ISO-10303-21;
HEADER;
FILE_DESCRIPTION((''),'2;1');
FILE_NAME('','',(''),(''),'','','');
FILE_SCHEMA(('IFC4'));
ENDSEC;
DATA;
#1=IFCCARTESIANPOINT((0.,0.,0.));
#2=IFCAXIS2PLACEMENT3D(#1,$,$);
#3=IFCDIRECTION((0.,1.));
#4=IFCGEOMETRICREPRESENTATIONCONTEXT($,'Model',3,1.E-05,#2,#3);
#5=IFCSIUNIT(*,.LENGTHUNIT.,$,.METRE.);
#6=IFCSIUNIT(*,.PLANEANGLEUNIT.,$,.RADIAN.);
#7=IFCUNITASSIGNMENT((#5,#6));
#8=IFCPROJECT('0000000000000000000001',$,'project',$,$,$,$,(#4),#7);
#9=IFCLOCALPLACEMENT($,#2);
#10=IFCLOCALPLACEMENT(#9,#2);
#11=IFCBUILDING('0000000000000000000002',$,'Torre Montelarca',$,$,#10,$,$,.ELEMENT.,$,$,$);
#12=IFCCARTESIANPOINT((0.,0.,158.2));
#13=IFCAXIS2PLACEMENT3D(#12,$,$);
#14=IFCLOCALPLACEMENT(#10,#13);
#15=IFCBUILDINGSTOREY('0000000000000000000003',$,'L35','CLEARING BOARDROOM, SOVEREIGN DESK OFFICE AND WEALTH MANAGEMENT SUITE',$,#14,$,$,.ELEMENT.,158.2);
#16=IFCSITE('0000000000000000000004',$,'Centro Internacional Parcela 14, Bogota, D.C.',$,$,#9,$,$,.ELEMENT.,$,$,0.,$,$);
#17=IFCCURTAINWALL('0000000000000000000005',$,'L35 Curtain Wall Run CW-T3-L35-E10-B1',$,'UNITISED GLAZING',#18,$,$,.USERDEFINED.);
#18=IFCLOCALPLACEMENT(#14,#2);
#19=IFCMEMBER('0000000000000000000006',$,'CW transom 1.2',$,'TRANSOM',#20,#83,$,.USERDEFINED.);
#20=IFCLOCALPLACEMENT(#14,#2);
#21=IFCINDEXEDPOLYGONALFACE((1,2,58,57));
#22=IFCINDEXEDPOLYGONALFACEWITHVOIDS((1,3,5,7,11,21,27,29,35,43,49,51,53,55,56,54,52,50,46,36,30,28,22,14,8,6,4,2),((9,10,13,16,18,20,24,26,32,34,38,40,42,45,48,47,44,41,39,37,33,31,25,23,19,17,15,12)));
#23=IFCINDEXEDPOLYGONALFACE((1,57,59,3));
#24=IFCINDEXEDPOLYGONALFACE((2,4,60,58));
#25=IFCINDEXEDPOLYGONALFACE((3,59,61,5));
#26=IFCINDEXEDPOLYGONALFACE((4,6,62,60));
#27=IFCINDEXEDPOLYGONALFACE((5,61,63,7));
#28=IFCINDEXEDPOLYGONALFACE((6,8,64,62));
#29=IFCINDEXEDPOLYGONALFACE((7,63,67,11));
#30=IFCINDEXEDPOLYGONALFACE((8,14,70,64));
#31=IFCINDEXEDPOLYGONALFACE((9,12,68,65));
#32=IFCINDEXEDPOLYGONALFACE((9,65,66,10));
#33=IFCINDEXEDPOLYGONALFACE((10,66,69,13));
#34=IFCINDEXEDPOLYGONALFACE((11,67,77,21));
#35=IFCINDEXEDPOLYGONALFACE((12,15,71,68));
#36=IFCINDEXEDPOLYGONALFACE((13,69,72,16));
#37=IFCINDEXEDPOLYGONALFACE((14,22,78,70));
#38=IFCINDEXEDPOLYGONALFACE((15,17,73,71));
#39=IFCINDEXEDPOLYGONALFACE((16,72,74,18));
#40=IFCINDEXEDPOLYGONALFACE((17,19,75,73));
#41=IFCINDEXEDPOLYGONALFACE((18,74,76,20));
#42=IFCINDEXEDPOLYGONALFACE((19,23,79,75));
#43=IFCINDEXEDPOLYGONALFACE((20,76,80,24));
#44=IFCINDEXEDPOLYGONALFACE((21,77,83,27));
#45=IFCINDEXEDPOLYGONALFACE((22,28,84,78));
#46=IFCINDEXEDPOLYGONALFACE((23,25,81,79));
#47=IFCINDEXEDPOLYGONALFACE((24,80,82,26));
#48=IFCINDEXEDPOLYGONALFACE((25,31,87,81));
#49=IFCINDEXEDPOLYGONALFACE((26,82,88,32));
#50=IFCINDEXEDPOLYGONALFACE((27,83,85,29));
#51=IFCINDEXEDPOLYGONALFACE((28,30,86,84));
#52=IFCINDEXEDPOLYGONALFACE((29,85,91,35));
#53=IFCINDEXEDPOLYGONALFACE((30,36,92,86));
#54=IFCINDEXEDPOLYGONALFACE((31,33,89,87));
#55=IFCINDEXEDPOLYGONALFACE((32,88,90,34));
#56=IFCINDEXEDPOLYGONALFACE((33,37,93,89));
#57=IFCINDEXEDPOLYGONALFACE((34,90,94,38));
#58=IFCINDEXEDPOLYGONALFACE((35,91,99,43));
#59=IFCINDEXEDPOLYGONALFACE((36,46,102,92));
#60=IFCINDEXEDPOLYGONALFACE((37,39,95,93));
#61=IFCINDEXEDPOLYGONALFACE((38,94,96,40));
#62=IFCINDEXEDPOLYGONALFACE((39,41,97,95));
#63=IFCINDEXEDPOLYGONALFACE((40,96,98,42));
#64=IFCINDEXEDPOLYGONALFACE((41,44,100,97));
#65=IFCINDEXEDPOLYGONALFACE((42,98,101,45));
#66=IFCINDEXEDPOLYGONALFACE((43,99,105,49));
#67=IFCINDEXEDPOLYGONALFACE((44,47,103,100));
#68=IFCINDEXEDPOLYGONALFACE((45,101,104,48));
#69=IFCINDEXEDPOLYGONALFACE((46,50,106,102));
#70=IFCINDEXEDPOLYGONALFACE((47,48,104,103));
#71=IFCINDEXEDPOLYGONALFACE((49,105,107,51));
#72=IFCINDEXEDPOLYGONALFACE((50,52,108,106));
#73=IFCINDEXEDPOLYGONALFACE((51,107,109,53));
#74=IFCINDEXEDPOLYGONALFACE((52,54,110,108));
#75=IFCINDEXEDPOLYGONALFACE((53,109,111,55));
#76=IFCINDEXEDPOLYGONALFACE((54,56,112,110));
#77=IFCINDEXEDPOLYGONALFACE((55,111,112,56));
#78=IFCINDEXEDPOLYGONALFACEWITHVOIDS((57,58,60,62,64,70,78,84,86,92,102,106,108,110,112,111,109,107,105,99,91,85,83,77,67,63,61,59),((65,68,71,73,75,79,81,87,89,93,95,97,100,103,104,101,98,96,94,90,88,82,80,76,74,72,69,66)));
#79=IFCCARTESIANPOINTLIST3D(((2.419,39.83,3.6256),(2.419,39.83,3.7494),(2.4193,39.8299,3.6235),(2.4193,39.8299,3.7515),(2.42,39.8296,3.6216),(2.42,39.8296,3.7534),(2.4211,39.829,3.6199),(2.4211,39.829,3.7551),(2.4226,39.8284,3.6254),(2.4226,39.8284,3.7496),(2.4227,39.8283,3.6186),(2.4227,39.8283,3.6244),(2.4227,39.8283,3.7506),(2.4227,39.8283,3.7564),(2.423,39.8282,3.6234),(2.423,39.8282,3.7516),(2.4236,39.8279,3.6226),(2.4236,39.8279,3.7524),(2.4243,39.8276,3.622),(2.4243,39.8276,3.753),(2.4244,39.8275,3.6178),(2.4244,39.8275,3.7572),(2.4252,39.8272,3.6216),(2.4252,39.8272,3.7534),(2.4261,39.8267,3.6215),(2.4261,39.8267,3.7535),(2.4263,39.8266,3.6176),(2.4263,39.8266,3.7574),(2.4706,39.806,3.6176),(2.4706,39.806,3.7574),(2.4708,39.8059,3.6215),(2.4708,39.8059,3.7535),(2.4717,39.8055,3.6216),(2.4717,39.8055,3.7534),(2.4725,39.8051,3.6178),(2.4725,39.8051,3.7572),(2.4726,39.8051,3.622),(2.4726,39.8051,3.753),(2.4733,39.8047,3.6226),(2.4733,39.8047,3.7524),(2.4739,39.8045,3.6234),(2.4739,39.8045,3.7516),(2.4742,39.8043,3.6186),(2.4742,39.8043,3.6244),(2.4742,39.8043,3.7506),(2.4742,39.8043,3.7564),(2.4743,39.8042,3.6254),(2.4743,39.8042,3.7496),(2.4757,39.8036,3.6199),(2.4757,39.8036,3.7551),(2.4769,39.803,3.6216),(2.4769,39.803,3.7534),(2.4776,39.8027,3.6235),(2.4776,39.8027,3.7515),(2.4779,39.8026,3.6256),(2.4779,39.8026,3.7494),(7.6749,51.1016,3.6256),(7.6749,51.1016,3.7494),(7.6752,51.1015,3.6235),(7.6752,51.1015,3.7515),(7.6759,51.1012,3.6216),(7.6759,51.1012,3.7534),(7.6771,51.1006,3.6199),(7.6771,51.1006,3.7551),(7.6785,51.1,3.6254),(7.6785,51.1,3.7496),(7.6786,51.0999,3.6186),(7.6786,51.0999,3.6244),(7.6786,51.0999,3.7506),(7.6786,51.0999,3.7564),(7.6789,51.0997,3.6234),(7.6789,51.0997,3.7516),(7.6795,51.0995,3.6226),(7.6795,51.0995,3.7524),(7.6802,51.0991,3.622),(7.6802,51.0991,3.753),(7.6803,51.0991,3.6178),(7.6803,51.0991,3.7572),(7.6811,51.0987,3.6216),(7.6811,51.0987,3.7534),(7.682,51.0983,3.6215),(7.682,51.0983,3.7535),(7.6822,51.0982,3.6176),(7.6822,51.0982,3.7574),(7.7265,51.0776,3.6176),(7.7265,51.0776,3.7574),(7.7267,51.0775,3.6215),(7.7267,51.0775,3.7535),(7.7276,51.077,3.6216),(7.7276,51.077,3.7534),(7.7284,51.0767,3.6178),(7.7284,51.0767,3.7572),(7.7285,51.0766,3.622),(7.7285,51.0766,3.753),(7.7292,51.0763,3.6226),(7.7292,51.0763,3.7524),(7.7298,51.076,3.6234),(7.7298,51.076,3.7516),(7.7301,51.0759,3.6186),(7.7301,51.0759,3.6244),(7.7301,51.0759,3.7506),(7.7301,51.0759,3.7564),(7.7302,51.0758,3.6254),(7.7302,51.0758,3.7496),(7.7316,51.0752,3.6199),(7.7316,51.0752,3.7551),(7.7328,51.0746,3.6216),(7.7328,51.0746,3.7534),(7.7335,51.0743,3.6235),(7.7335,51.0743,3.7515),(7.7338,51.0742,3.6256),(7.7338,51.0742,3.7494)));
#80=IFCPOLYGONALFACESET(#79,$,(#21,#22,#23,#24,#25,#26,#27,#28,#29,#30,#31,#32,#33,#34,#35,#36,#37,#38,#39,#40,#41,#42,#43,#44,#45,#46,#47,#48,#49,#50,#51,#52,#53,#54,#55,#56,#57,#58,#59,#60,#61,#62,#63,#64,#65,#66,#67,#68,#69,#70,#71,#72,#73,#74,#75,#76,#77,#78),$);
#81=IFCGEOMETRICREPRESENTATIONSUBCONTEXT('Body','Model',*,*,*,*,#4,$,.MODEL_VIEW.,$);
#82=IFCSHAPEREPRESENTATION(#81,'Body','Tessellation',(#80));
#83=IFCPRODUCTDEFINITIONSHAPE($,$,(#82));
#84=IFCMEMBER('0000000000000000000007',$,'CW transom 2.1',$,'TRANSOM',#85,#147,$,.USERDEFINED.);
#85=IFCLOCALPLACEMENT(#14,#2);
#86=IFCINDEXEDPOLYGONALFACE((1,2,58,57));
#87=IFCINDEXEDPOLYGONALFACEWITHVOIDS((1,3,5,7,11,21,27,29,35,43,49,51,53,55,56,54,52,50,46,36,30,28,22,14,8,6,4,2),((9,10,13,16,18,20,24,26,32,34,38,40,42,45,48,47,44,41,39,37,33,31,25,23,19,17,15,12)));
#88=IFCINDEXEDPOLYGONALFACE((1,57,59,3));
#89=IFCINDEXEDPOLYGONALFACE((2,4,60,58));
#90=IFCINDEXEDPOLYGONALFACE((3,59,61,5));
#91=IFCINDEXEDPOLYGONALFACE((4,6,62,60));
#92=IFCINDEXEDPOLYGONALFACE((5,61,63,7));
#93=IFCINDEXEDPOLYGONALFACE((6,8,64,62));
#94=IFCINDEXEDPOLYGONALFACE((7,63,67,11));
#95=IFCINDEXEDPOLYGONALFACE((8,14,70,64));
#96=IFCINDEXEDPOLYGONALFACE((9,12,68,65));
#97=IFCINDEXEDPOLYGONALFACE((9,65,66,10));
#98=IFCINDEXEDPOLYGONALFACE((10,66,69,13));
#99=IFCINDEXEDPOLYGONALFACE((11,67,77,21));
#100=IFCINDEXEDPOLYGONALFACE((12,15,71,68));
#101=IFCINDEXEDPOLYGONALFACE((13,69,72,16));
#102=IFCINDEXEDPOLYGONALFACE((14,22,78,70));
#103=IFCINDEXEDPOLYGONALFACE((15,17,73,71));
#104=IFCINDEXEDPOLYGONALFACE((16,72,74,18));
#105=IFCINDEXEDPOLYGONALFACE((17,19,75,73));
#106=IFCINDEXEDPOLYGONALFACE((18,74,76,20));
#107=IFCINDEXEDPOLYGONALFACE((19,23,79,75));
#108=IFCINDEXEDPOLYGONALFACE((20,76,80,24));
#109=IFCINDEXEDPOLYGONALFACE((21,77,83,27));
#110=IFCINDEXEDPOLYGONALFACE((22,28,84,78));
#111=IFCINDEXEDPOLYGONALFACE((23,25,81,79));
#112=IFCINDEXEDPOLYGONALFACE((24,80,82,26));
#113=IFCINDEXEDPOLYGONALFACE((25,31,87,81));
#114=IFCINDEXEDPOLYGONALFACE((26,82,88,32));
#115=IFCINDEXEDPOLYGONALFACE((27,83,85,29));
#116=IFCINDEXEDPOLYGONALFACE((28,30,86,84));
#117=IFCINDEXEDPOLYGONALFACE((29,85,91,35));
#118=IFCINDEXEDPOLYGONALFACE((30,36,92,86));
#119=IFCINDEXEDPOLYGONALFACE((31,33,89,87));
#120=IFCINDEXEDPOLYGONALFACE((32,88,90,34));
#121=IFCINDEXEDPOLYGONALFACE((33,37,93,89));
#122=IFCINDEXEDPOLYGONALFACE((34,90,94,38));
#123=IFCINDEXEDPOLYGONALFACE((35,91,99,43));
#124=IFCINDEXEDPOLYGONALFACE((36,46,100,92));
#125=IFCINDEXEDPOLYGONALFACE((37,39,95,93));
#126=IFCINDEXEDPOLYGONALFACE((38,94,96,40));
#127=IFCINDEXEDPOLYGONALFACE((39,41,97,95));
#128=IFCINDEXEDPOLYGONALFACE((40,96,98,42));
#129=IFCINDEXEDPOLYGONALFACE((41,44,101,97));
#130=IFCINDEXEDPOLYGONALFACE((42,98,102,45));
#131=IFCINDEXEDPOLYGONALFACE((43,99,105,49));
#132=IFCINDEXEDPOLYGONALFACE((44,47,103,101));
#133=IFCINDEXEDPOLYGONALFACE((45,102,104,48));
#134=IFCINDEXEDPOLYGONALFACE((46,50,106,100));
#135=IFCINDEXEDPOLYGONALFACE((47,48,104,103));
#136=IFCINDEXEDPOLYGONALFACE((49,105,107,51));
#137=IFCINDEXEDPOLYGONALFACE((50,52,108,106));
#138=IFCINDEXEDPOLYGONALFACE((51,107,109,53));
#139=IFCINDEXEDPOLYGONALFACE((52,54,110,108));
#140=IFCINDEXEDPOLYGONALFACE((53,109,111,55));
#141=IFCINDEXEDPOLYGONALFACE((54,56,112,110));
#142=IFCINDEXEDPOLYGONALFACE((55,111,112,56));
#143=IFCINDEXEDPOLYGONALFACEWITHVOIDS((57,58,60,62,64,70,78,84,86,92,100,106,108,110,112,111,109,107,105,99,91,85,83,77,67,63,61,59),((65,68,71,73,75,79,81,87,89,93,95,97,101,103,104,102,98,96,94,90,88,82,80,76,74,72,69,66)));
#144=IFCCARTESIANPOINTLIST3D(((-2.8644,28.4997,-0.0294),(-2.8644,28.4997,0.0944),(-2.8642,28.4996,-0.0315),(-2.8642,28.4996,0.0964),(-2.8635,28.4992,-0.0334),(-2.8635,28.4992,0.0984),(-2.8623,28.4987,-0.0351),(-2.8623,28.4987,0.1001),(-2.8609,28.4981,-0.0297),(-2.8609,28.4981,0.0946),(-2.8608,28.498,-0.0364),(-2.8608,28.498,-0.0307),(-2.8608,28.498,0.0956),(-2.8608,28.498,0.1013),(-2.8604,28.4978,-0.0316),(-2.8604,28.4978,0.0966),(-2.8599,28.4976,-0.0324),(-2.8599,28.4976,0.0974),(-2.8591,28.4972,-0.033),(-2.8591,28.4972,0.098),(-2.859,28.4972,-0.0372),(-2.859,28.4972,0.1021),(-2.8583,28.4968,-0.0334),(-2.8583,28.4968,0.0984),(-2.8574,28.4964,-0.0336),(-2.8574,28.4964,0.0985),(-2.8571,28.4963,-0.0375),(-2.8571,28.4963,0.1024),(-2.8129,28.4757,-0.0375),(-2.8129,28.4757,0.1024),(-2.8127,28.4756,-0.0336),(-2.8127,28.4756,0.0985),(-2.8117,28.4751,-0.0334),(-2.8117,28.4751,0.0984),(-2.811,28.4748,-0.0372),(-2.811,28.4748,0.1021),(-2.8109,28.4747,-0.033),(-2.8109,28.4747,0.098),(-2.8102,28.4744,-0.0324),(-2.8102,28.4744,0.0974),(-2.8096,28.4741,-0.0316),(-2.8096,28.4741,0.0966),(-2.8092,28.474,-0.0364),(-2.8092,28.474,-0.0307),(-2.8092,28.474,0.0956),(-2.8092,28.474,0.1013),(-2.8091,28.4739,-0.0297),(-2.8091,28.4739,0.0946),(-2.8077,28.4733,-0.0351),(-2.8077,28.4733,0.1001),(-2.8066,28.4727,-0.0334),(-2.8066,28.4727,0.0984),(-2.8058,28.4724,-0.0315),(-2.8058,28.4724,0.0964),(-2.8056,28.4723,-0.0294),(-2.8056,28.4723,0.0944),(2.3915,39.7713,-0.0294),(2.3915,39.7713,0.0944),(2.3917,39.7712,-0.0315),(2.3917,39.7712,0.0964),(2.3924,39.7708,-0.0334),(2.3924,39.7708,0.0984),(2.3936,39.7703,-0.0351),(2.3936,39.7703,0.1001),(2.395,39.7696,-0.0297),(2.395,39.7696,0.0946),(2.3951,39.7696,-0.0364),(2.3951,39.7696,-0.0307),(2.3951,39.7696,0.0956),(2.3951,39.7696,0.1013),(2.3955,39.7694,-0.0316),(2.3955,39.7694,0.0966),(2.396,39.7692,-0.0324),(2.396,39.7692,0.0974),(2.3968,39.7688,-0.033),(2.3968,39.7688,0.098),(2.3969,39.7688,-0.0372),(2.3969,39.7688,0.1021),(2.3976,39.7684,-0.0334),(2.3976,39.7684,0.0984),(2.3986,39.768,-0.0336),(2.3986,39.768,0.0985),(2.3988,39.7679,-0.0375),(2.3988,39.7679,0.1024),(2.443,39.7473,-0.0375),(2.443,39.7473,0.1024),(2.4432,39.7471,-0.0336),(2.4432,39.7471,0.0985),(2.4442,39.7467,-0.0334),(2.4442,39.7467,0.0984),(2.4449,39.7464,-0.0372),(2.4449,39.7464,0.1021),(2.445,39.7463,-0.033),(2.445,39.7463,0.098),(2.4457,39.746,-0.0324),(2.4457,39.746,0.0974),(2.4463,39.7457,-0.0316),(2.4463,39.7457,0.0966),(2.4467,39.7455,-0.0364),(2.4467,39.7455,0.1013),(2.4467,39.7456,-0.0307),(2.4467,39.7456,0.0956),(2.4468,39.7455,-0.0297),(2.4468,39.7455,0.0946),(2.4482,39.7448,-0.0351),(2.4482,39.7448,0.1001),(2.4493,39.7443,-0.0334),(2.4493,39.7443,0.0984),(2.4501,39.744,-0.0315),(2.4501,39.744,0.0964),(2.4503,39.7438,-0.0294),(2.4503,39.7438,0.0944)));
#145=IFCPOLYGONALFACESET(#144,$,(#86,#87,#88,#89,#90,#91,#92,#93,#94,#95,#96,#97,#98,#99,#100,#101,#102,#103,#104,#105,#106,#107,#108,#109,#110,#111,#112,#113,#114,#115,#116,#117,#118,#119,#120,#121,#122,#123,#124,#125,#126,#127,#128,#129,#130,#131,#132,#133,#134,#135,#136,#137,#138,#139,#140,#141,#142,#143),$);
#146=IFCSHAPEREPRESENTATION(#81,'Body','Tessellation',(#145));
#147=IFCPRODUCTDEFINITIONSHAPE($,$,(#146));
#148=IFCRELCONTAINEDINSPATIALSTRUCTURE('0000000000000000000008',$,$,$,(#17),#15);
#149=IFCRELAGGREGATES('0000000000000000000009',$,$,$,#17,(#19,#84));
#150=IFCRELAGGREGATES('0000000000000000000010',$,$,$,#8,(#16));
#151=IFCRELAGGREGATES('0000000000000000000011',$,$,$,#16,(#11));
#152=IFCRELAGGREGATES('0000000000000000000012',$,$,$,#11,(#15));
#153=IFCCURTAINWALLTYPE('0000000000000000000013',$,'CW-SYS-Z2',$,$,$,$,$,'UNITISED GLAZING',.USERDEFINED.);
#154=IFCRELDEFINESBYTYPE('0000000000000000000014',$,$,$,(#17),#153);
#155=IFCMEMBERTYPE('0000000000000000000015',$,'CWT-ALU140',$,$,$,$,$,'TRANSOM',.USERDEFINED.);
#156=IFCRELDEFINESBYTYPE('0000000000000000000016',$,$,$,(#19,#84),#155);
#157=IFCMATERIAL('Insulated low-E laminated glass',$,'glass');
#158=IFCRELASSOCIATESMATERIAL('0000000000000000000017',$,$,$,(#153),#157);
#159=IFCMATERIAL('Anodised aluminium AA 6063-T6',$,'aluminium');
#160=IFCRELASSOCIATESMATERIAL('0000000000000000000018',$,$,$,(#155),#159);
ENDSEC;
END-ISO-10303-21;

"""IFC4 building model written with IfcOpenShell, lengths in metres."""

from ifc_helpers import new_model, si_unit, direction, frame, origin, origin_2d, place, context, subcontext, project, spatial, hollow_rectangle, extrude, source, transform, mapped, material, material_profile, profile_set, type_object, element, aggregate, save


model = new_model("IFC4")

# Units and contexts
model_context = context("Model", 3, precision=1e-05, world=origin(), true_north=direction((0.0, 1.0)))
body_context = subcontext(model_context, "Body", "Model", "MODEL_VIEW")
ifc_project = project(units=[si_unit("LENGTHUNIT", "METRE"), si_unit("PLANEANGLEUNIT", "RADIAN")], contexts=[model_context])

# Site, building, storey
site_placement = place(None, origin())
site = spatial("IfcSite", under=ifc_project, at=site_placement, Name="Centro Internacional Parcela 14, Bogota, D.C.", CompositionType="ELEMENT", RefElevation=0.0)
building_placement = place(site_placement, origin())
building = spatial("IfcBuilding", under=site, at=building_placement, Name="Torre Montelarca", CompositionType="ELEMENT")
storey_placement = place(building_placement, frame((0.0, 0.0, 158.2)))
storey = spatial("IfcBuildingStorey", under=building, at=storey_placement, Name="L35", Description="CLEARING BOARDROOM, SOVEREIGN DESK OFFICE AND WEALTH MANAGEMENT SUITE", CompositionType="ELEMENT", Elevation=158.2)

# Shared definitions
ifc_material_1 = material(Name="Insulated low-E laminated glass", Category="glass")
curtain_wall_type = type_object("IfcCurtainWallType", Name="CW-SYS-Z2", ElementType="UNITISED GLAZING", PredefinedType="USERDEFINED", material=ifc_material_1)
ifc_material_2 = material(Name="Anodised aluminium AA 6063-T6", Category="aluminium")
ifc_material_profile_1 = material_profile(ifc_material_2, hollow_rectangle(XDim=0.0649, YDim=0.1399, WallThickness=0.0039, InnerFilletRadius=0.0039, OuterFilletRadius=0.0081, at=origin_2d()), Name="ALU65X140X4", Category="aluminium")
ifc_profile_set_1 = profile_set([ifc_material_profile_1], Name="Anodised aluminium AA 6063-T6")
member_type_1 = type_object("IfcMemberType", Name="CWT-ALU140", ElementType="TRANSOM", PredefinedType="USERDEFINED", material=ifc_profile_set_1)

# Curtain wall, members
curtain_wall_1_placement = place(storey_placement, origin())
curtain_wall_1 = element("IfcCurtainWall", 1, at=curtain_wall_1_placement, inside=storey, type_object=curtain_wall_type, Name="L35 Curtain Wall Run CW-T3-L35-E10-B1", ObjectType="UNITISED GLAZING", PredefinedType="USERDEFINED")
shared_shape_1 = source(origin(), body_context, "Body", "SweptSolid", [
    extrude(hollow_rectangle(XDim=0.0649, YDim=0.1399, WallThickness=0.0039, InnerFilletRadius=0.0039, OuterFilletRadius=0.0081, at=origin_2d()), origin(), (0.0, 0.0, 1.0), 12.4368),
])
member_1_placement = place(storey_placement, frame((7.7043, 51.0879, 3.6875), z_axis=(-0.42261, -0.906311, 0.0), x_axis=(0.906311, -0.42261, 0.0)))
member_1 = element("IfcMember", 2, at=member_1_placement, type_object=member_type_1, Name="CW transom 1.2", ObjectType="TRANSOM", PredefinedType="USERDEFINED", context=body_context, shape_type="MappedRepresentation", body=[
    mapped(shared_shape_1, transform((0.0, 0.0, 0.0), scale=1.0)),
])
member_2_placement = place(storey_placement, frame((2.4209, 39.7576, 0.0325), z_axis=(-0.42261, -0.906311, 0.0), x_axis=(0.906311, -0.42261, 0.0)))
member_2 = element("IfcMember", 3, at=member_2_placement, type_object=member_type_1, Name="CW transom 2.1", ObjectType="TRANSOM", PredefinedType="USERDEFINED", context=body_context, shape_type="MappedRepresentation", body=[
    mapped(shared_shape_1, transform((0.0, 0.0, 0.0), scale=1.0)),
])

aggregate(curtain_wall_1, [member_1, member_2])

save(model, "model.ifc")
